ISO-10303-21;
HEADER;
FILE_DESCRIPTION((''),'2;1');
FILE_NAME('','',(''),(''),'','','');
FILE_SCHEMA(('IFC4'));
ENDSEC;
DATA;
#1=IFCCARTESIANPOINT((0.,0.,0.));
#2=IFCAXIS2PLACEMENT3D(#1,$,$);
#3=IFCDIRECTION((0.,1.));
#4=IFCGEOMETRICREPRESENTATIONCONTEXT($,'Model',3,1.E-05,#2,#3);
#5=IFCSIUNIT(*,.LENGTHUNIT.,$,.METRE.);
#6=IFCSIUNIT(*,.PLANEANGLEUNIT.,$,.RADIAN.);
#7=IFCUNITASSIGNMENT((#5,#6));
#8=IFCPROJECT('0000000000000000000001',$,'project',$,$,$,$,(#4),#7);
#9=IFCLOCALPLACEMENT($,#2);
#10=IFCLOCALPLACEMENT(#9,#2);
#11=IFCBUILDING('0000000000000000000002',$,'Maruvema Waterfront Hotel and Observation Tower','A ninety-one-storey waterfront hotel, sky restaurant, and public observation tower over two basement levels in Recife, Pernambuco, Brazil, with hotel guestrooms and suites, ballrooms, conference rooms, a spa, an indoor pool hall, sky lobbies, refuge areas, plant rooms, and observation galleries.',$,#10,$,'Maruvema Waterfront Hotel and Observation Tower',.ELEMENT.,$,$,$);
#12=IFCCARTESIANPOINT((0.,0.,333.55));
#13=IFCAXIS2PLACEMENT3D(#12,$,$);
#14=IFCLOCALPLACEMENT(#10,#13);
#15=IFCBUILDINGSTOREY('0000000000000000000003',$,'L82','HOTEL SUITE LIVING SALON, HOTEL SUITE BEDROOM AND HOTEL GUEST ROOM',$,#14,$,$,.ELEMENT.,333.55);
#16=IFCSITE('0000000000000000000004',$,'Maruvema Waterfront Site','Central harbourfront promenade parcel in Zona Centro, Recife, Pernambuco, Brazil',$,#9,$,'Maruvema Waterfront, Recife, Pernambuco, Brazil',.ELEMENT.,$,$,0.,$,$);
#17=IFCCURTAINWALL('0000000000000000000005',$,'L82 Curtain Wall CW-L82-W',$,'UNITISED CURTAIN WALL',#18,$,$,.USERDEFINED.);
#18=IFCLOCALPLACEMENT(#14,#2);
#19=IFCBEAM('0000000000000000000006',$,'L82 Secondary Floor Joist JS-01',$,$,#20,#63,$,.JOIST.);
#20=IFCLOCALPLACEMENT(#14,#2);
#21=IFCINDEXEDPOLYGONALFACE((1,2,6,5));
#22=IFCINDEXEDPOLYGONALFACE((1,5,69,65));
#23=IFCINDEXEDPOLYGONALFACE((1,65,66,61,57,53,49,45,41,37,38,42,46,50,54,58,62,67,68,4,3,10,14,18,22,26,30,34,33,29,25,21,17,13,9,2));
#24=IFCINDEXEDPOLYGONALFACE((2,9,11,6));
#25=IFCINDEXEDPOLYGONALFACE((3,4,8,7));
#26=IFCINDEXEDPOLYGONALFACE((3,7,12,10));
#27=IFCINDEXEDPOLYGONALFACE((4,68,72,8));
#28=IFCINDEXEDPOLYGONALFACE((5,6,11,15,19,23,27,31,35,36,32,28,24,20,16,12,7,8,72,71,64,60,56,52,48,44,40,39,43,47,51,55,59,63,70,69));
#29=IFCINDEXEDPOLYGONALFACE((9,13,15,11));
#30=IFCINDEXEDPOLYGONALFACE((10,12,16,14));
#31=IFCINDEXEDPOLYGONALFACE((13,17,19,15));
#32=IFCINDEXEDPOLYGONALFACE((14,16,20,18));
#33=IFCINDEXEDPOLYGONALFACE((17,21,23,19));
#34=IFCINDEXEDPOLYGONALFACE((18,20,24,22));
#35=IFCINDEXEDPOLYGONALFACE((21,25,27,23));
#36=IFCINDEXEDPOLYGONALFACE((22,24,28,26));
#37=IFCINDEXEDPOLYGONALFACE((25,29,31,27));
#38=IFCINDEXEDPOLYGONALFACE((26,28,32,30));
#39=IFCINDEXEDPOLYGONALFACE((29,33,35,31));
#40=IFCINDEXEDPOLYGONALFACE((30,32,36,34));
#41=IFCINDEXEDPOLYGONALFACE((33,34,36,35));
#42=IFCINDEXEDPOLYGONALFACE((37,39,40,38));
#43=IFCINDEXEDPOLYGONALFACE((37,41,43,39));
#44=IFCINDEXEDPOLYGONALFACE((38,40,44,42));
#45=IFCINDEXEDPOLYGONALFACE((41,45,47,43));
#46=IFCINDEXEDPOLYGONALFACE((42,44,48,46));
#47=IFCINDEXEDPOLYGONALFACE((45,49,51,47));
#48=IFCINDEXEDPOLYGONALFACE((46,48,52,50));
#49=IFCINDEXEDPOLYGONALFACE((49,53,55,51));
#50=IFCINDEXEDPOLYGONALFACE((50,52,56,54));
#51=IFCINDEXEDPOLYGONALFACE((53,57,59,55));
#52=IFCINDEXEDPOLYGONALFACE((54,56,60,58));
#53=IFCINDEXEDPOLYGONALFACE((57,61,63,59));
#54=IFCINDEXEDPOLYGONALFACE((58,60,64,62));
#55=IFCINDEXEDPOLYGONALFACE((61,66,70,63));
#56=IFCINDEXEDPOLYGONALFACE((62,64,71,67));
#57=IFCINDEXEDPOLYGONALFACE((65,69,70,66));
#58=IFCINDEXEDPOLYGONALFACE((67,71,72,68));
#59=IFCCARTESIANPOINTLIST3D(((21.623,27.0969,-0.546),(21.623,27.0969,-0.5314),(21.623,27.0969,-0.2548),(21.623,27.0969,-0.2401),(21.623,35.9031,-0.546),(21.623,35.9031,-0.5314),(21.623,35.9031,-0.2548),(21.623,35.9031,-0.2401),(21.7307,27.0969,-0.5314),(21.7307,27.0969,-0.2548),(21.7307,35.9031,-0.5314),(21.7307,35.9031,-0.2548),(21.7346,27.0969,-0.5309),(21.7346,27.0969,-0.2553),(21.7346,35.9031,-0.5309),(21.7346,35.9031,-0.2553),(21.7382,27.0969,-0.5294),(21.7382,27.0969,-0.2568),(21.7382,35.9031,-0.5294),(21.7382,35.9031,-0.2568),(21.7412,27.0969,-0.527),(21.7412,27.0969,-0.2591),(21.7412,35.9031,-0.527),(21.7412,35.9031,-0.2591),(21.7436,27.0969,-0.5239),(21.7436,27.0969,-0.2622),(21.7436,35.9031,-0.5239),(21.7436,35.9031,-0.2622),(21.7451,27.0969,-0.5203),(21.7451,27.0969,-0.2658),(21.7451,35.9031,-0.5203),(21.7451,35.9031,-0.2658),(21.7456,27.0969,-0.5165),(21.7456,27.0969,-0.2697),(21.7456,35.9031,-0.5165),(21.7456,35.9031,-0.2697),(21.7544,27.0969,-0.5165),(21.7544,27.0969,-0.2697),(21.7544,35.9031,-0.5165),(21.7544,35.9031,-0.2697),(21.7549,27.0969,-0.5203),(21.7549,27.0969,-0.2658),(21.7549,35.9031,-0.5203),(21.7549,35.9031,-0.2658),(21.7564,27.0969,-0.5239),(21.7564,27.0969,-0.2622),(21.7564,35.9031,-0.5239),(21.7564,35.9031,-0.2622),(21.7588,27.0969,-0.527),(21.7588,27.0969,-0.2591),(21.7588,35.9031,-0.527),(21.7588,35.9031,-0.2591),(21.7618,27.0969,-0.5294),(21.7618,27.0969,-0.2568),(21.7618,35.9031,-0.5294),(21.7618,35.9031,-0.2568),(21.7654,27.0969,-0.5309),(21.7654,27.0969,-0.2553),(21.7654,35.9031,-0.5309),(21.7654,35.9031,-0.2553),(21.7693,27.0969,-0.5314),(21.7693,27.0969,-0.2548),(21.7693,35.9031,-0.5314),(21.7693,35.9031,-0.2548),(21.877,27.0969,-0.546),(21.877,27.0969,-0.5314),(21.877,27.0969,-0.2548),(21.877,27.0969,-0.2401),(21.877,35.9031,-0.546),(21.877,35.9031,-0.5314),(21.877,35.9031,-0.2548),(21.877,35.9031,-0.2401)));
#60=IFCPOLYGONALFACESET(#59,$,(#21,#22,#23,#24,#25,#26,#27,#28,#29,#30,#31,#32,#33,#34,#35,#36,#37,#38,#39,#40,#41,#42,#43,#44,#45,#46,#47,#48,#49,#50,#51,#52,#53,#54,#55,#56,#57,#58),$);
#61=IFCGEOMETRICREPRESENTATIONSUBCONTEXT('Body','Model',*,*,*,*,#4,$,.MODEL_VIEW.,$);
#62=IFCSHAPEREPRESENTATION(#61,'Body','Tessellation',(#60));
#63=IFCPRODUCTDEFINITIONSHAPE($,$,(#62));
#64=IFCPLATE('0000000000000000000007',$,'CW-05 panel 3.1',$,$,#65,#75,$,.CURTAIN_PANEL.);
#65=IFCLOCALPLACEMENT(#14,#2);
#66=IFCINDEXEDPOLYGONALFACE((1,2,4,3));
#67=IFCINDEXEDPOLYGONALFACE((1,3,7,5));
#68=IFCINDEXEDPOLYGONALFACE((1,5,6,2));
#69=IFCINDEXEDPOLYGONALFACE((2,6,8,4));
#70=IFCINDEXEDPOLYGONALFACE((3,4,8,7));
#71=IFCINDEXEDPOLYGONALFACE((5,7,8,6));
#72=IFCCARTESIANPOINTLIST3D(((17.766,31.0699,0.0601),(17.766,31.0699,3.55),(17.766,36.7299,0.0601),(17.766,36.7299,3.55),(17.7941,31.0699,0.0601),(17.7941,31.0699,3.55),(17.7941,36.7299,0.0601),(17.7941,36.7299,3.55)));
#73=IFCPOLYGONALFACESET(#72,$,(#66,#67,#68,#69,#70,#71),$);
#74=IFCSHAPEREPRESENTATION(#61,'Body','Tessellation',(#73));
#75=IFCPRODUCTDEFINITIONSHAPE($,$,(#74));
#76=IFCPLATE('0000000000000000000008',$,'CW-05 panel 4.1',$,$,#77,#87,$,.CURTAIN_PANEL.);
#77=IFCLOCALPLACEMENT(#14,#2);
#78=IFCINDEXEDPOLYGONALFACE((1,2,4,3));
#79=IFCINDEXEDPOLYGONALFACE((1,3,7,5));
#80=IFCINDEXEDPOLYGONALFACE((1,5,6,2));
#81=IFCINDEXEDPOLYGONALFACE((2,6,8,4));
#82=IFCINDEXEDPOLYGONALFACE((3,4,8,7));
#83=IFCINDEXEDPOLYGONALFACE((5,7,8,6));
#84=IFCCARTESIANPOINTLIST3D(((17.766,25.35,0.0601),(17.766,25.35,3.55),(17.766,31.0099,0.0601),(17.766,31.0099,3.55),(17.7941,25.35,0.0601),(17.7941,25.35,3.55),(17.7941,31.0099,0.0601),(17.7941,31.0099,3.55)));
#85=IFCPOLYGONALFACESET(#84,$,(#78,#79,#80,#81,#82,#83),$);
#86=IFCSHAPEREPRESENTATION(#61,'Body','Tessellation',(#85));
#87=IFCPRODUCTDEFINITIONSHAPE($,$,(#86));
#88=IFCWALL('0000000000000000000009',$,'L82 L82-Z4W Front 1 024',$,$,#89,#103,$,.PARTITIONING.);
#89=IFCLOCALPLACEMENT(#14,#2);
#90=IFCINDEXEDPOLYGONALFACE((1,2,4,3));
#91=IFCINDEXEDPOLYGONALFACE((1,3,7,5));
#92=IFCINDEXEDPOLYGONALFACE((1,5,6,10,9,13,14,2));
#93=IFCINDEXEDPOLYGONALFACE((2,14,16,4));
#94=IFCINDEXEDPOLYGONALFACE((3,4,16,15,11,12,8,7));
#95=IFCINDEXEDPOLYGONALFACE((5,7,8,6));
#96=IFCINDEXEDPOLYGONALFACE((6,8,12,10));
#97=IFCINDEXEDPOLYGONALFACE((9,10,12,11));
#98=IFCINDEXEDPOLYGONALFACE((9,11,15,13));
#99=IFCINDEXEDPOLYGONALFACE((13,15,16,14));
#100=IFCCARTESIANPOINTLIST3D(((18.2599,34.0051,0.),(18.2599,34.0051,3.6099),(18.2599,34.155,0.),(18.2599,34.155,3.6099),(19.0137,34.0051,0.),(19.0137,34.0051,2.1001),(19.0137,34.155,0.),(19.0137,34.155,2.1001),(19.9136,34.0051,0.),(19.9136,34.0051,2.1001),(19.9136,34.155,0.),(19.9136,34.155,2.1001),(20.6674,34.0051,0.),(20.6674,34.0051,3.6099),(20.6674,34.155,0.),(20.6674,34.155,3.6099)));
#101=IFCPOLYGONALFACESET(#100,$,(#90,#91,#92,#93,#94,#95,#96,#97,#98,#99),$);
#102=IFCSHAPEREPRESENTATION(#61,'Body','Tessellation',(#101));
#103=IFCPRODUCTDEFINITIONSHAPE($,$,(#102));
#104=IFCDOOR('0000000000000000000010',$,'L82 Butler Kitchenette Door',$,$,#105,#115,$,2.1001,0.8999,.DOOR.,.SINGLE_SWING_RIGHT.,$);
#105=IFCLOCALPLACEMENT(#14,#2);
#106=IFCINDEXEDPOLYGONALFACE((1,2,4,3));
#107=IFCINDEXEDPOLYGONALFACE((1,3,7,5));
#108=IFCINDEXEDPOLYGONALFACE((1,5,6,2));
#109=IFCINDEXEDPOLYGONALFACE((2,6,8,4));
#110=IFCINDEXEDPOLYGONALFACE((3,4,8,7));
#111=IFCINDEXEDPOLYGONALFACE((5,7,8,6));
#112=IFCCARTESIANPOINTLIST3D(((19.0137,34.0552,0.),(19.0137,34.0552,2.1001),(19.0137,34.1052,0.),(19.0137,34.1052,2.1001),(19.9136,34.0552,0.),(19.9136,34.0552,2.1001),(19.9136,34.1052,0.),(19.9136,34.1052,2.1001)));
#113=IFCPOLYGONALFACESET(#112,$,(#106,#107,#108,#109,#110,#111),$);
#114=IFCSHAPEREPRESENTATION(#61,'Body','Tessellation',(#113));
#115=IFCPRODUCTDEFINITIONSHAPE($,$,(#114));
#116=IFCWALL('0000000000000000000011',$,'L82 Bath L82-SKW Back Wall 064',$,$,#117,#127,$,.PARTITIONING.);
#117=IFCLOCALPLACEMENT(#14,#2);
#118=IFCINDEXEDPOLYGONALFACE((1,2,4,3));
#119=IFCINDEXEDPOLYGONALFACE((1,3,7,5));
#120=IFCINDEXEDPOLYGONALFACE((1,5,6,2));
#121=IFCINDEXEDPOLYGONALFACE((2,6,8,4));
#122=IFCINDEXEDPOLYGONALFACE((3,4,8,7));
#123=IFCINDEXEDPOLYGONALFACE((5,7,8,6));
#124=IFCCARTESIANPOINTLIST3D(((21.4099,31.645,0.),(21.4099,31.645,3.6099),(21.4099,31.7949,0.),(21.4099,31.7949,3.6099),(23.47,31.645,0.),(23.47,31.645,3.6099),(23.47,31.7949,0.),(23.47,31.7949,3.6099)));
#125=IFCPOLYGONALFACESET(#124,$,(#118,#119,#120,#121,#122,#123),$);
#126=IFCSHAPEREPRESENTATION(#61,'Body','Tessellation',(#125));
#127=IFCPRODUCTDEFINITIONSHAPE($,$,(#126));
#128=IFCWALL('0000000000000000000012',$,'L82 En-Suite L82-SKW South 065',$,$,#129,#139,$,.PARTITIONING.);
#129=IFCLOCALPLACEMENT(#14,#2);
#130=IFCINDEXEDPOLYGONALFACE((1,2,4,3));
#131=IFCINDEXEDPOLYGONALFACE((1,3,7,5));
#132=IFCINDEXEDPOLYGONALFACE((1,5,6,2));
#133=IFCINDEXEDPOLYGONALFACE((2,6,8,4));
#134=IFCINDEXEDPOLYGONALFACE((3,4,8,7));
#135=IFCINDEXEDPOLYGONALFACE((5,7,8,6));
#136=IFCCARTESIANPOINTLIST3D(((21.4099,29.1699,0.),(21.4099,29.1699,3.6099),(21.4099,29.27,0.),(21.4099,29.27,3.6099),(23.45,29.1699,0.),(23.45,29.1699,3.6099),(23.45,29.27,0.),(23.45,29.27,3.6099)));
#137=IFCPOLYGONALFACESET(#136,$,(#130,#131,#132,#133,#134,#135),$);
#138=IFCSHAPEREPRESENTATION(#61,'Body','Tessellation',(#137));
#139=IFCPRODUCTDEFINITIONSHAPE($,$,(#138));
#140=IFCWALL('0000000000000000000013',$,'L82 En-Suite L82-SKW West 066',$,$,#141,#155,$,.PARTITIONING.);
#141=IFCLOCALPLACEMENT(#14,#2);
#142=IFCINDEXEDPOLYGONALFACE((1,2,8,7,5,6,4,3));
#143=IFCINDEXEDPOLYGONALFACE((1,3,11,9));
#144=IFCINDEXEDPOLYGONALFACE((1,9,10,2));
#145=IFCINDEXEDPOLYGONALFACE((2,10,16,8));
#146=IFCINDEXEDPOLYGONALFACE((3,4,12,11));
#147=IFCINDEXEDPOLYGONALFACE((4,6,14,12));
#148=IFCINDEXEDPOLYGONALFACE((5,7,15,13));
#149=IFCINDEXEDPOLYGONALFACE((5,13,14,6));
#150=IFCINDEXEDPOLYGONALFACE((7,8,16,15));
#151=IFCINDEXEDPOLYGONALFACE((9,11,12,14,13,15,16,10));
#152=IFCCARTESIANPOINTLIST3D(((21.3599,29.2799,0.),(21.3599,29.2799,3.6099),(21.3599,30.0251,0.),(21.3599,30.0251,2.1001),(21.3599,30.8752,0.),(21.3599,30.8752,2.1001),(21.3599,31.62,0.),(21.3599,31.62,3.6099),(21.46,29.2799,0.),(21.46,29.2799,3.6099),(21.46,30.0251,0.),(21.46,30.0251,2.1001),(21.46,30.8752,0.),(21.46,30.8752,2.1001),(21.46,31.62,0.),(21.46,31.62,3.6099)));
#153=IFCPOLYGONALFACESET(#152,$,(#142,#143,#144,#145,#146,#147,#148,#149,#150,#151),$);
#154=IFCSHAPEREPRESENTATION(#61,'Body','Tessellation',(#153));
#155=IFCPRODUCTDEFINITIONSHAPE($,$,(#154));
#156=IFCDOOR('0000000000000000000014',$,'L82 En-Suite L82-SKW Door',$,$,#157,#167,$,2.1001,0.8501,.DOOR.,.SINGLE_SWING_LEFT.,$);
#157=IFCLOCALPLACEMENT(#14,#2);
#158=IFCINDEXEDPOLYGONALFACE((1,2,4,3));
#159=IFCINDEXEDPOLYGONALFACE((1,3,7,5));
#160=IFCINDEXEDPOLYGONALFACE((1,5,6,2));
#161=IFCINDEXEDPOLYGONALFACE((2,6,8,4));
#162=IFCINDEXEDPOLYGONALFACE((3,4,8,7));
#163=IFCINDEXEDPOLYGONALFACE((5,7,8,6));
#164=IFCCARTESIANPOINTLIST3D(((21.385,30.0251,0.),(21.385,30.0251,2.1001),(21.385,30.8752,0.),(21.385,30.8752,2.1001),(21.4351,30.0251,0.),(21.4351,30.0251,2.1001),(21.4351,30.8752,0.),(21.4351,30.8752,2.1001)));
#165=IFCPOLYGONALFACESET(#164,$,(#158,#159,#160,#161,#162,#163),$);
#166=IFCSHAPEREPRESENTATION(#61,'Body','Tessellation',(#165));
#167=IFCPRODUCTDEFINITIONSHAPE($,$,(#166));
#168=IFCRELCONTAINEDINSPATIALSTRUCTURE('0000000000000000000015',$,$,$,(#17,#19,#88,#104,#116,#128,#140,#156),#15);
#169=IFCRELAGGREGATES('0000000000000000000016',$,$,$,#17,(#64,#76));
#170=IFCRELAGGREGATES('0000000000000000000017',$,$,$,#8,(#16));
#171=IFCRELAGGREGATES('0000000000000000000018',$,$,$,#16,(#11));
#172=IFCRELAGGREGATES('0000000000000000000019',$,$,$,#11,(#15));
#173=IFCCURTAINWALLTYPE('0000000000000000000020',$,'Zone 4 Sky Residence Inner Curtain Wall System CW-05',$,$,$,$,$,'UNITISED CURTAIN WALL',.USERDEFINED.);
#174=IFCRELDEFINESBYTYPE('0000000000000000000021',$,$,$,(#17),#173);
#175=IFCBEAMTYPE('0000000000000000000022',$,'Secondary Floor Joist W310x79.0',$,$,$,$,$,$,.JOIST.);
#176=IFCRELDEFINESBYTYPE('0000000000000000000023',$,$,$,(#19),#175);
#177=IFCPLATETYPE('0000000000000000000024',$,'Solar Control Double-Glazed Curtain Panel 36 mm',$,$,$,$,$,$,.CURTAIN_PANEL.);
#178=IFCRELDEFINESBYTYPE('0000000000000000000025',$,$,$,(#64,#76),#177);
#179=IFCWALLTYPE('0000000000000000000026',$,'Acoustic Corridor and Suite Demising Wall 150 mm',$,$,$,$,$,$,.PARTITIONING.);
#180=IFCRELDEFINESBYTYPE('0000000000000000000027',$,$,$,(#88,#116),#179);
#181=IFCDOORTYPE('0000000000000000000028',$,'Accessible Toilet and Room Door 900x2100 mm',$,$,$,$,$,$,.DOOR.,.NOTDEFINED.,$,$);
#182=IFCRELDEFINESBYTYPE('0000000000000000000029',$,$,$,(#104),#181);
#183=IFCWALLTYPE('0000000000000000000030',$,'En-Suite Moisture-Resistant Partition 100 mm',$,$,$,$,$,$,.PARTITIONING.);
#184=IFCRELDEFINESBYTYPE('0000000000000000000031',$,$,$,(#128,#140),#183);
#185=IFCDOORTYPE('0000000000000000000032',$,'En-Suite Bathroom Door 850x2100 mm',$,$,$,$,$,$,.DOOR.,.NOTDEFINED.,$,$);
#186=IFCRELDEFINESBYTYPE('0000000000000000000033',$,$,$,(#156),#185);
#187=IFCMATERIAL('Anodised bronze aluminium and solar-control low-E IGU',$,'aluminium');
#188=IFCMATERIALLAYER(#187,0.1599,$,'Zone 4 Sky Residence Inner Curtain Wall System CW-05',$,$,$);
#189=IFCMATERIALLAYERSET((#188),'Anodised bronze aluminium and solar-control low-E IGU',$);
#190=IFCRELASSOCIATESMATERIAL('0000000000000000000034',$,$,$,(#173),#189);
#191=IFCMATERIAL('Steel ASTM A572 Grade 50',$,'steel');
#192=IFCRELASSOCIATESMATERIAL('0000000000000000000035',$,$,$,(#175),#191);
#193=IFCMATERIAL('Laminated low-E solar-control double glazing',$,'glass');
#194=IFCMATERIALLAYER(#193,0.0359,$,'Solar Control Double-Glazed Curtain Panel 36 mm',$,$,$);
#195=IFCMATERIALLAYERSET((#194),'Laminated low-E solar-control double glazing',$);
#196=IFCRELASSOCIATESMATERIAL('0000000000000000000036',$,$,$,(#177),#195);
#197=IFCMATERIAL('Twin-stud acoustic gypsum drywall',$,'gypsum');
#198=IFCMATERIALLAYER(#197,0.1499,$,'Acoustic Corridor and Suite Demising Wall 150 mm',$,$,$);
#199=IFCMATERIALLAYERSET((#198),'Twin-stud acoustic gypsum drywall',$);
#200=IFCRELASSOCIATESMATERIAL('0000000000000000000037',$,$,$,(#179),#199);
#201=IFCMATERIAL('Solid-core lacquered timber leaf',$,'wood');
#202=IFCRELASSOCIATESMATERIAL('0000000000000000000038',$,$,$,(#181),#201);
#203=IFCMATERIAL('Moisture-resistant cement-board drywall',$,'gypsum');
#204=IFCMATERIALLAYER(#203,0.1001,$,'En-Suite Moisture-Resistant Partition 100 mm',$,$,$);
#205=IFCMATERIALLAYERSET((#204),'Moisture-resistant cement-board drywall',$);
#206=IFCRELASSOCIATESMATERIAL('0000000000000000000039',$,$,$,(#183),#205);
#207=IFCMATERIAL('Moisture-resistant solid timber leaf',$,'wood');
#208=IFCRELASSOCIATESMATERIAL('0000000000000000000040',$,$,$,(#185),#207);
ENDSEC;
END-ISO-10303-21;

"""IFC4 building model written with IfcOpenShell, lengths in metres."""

from ifc_helpers import new_model, si_unit, direction, frame, frame_2d, origin, origin_2d, place, context, subcontext, project, spatial, rectangle, i_section, extrude, material, layer, layer_set, material_profile, profile_set, type_object, element, fill, aggregate, save


model = new_model("IFC4")

# Units and contexts
model_context = context("Model", 3, precision=1e-05, world=origin(), true_north=direction((0.0, 1.0)))
body_context = subcontext(model_context, "Body", "Model", "MODEL_VIEW")
ifc_project = project(units=[si_unit("LENGTHUNIT", "METRE"), si_unit("PLANEANGLEUNIT", "RADIAN")], contexts=[model_context])

# Site, building, storey
site_placement = place(None, origin())
site = spatial("IfcSite", under=ifc_project, at=site_placement, Name="Maruvema Waterfront Site", Description="Central harbourfront promenade parcel in Zona Centro, Recife, Pernambuco, Brazil", LongName="Maruvema Waterfront, Recife, Pernambuco, Brazil", CompositionType="ELEMENT", RefElevation=0.0)
building_placement = place(site_placement, origin())
building = spatial("IfcBuilding", under=site, at=building_placement, Name="Maruvema Waterfront Hotel and Observation Tower", Description="A ninety-one-storey waterfront hotel, sky restaurant, and public observation tower over two basement levels in Recife, Pernambuco, Brazil, with hotel guestrooms and suites, ballrooms, conference rooms, a spa, an indoor pool hall, sky lobbies, refuge areas, plant rooms, and observation galleries.", LongName="Maruvema Waterfront Hotel and Observation Tower", CompositionType="ELEMENT")
storey_placement = place(building_placement, frame((0.0, 0.0, 333.55)))
storey = spatial("IfcBuildingStorey", under=building, at=storey_placement, Name="L82", Description="HOTEL SUITE LIVING SALON, HOTEL SUITE BEDROOM AND HOTEL GUEST ROOM", CompositionType="ELEMENT", Elevation=333.55)

# Curtain wall
ifc_material_1 = material(Name="Anodised bronze aluminium and solar-control low-E IGU", Category="aluminium")
ifc_layer_1 = layer(ifc_material_1, 0.1599, Name="Zone 4 Sky Residence Inner Curtain Wall System CW-05")
ifc_layer_set_1 = layer_set([ifc_layer_1], Name="Anodised bronze aluminium and solar-control low-E IGU")
curtain_wall_type = type_object("IfcCurtainWallType", Name="Zone 4 Sky Residence Inner Curtain Wall System CW-05", ElementType="UNITISED CURTAIN WALL", PredefinedType="USERDEFINED", material=ifc_layer_set_1)
curtain_wall_placement = place(storey_placement, origin())
curtain_wall = element("IfcCurtainWall", 1, at=curtain_wall_placement, inside=storey, type_object=curtain_wall_type, Name="L82 Curtain Wall CW-L82-W", ObjectType="UNITISED CURTAIN WALL", PredefinedType="USERDEFINED")

# Beam
ifc_material_2 = material(Name="Steel ASTM A572 Grade 50", Category="steel")
ifc_material_profile_1 = material_profile(ifc_material_2, i_section(OverallWidth=0.2539, OverallDepth=0.3059, WebThickness=0.0088, FlangeThickness=0.0146, FilletRadius=0.0149, at=origin_2d()), Name="W310x79.0")
ifc_profile_set_1 = profile_set([ifc_material_profile_1], Name="Steel ASTM A572 Grade 50")
beam_type_1 = type_object("IfcBeamType", Name="Secondary Floor Joist W310x79.0", PredefinedType="JOIST", material=ifc_profile_set_1)
beam_1_placement = place(storey_placement, frame((21.75, 27.0969, -0.3931), z_axis=(0.0, 1.0, 0.0), x_axis=(-1.0, 0.0, 0.0)))
element("IfcBeam", 2, at=beam_1_placement, inside=storey, type_object=beam_type_1, Name="L82 Secondary Floor Joist JS-01", PredefinedType="JOIST", context=body_context, shape_type="SweptSolid", body=[
    extrude(i_section(OverallWidth=0.2539, OverallDepth=0.3059, WebThickness=0.0088, FlangeThickness=0.0146, FilletRadius=0.0149, at=origin_2d()), origin(), (0.0, 0.0, 1.0), 8.8062),
])

# Plates
ifc_material_3 = material(Name="Laminated low-E solar-control double glazing", Category="glass")
ifc_layer_2 = layer(ifc_material_3, 0.0359, Name="Solar Control Double-Glazed Curtain Panel 36 mm")
ifc_layer_set_2 = layer_set([ifc_layer_2], Name="Laminated low-E solar-control double glazing")
plate_type = type_object("IfcPlateType", Name="Solar Control Double-Glazed Curtain Panel 36 mm", PredefinedType="CURTAIN_PANEL", material=ifc_layer_set_2)
plate_1_placement = place(storey_placement, frame((17.78, 33.8999, 0.0601), z_axis=(0.0, 0.0, 1.0), x_axis=(0.0, -1.0, 0.0)))
plate_1 = element("IfcPlate", 3, at=plate_1_placement, type_object=plate_type, Name="CW-05 panel 3.1", PredefinedType="CURTAIN_PANEL", context=body_context, shape_type="SweptSolid", body=[
    extrude(rectangle(XDim=5.6599, YDim=0.0281, at=origin_2d()), origin(), (0.0, 0.0, 1.0), 3.49),
])
plate_2_placement = place(storey_placement, frame((17.78, 28.1799, 0.0601), z_axis=(0.0, 0.0, 1.0), x_axis=(0.0, -1.0, 0.0)))
plate_2 = element("IfcPlate", 4, at=plate_2_placement, type_object=plate_type, Name="CW-05 panel 4.1", PredefinedType="CURTAIN_PANEL", context=body_context, shape_type="SweptSolid", body=[
    extrude(rectangle(XDim=5.6599, YDim=0.0281, at=origin_2d()), origin(), (0.0, 0.0, 1.0), 3.49),
])
aggregate(curtain_wall, [plate_1, plate_2])

# Wall, opening, door
ifc_material_4 = material(Name="Twin-stud acoustic gypsum drywall", Category="gypsum")
ifc_layer_3 = layer(ifc_material_4, 0.1499, Name="Acoustic Corridor and Suite Demising Wall 150 mm")
ifc_layer_set_3 = layer_set([ifc_layer_3], Name="Twin-stud acoustic gypsum drywall")
wall_type_1 = type_object("IfcWallType", Name="Acoustic Corridor and Suite Demising Wall 150 mm", PredefinedType="PARTITIONING", material=ifc_layer_set_3)
wall_1_placement = place(storey_placement, frame((18.26, 34.0801, 0.0), z_axis=(0.0, 0.0, 1.0), x_axis=(1.0, 0.0, 0.0)))
wall_1 = element("IfcWall", 5, at=wall_1_placement, inside=storey, type_object=wall_type_1, Name="L82 L82-Z4W Front 1 024", PredefinedType="PARTITIONING", context=body_context, shape_type="SweptSolid", body=[
    extrude(rectangle(XDim=2.4075, YDim=0.1499, at=frame_2d((1.2036, 0.0))), origin(), (0.0, 0.0, 1.0), 3.6099),
])
opening_1_placement = place(wall_1_placement, frame((0.7537, 0.0, 0.0)))
opening_1 = element("IfcOpeningElement", 6, at=opening_1_placement, cuts=wall_1, PredefinedType="OPENING", context=body_context, shape_type="SweptSolid", body=[
    extrude(rectangle(XDim=0.8999, YDim=2.1001, at=frame_2d((0.45, 1.05))), frame((0.0, 0.085, 0.0), z_axis=(0.0, -1.0, 0.0), x_axis=(1.0, 0.0, 0.0)), (0.0, 0.0, 1.0), 0.1699),
])
ifc_material_5 = material(Name="Solid-core lacquered timber leaf", Category="wood")
door_type_1 = type_object("IfcDoorType", Name="Accessible Toilet and Room Door 900x2100 mm", OperationType="NOTDEFINED", PredefinedType="DOOR", material=ifc_material_5)
door_1_placement = place(opening_1_placement, frame((0.8999, 0.0, 0.0), z_axis=(0.0, 0.0, 1.0), x_axis=(-1.0, 0.0, 0.0)))
door_1 = element("IfcDoor", 7, at=door_1_placement, inside=storey, type_object=door_type_1, Name="L82 Butler Kitchenette Door", OperationType="SINGLE_SWING_RIGHT", OverallHeight=2.1001, OverallWidth=0.8999, PredefinedType="DOOR", context=body_context, shape_type="SweptSolid", body=[
    extrude(rectangle(XDim=0.8999, YDim=2.1001, at=frame_2d((0.45, 1.05))), frame((0.0, 0.0249, 0.0), z_axis=(0.0, -1.0, 0.0), x_axis=(1.0, 0.0, 0.0)), (0.0, 0.0, 1.0), 0.05),
])
fill(opening_1, door_1)

# Wall
wall_2_placement = place(storey_placement, frame((21.4099, 31.72, 0.0), z_axis=(0.0, 0.0, 1.0), x_axis=(1.0, 0.0, 0.0)))
element("IfcWall", 8, at=wall_2_placement, inside=storey, type_object=wall_type_1, Name="L82 Bath L82-SKW Back Wall 064", PredefinedType="PARTITIONING", context=body_context, shape_type="SweptSolid", body=[
    extrude(rectangle(XDim=2.0601, YDim=0.1499, at=frame_2d((1.03, 0.0))), origin(), (0.0, 0.0, 1.0), 3.6099),
])

# Wall
ifc_material_6 = material(Name="Moisture-resistant cement-board drywall", Category="gypsum")
ifc_layer_4 = layer(ifc_material_6, 0.1001, Name="En-Suite Moisture-Resistant Partition 100 mm")
ifc_layer_set_4 = layer_set([ifc_layer_4], Name="Moisture-resistant cement-board drywall")
wall_type_2 = type_object("IfcWallType", Name="En-Suite Moisture-Resistant Partition 100 mm", PredefinedType="PARTITIONING", material=ifc_layer_set_4)
wall_3_placement = place(storey_placement, frame((21.4099, 29.22, 0.0), z_axis=(0.0, 0.0, 1.0), x_axis=(1.0, 0.0, 0.0)))
element("IfcWall", 9, at=wall_3_placement, inside=storey, type_object=wall_type_2, Name="L82 En-Suite L82-SKW South 065", PredefinedType="PARTITIONING", context=body_context, shape_type="SweptSolid", body=[
    extrude(rectangle(XDim=2.04, YDim=0.1001, at=frame_2d((1.02, 0.0))), origin(), (0.0, 0.0, 1.0), 3.6099),
])

# Wall, opening, door
wall_4_placement = place(storey_placement, frame((21.4099, 29.28, 0.0), z_axis=(0.0, 0.0, 1.0), x_axis=(0.0, 1.0, 0.0)))
wall_4 = element("IfcWall", 10, at=wall_4_placement, inside=storey, type_object=wall_type_2, Name="L82 En-Suite L82-SKW West 066", PredefinedType="PARTITIONING", context=body_context, shape_type="SweptSolid", body=[
    extrude(rectangle(XDim=2.3401, YDim=0.1001, at=frame_2d((1.1699, 0.0))), origin(), (0.0, 0.0, 1.0), 3.6099),
])
opening_2_placement = place(wall_4_placement, frame((0.7451, 0.0, 0.0)))
opening_2 = element("IfcOpeningElement", 11, at=opening_2_placement, cuts=wall_4, PredefinedType="OPENING", context=body_context, shape_type="SweptSolid", body=[
    extrude(rectangle(XDim=0.8501, YDim=2.1001, at=frame_2d((0.425, 1.05))), frame((0.0, 0.0601, 0.0), z_axis=(0.0, -1.0, 0.0), x_axis=(1.0, 0.0, 0.0)), (0.0, 0.0, 1.0), 0.1201),
])
ifc_material_7 = material(Name="Moisture-resistant solid timber leaf", Category="wood")
door_type_2 = type_object("IfcDoorType", Name="En-Suite Bathroom Door 850x2100 mm", OperationType="NOTDEFINED", PredefinedType="DOOR", material=ifc_material_7)
door_2_placement = place(opening_2_placement, origin())
door_2 = element("IfcDoor", 12, at=door_2_placement, inside=storey, type_object=door_type_2, Name="L82 En-Suite L82-SKW Door", OperationType="SINGLE_SWING_LEFT", OverallHeight=2.1001, OverallWidth=0.8501, PredefinedType="DOOR", context=body_context, shape_type="SweptSolid", body=[
    extrude(rectangle(XDim=0.8501, YDim=2.1001, at=frame_2d((0.425, 1.05))), frame((0.0, 0.0249, 0.0), z_axis=(0.0, -1.0, 0.0), x_axis=(1.0, 0.0, 0.0)), (0.0, 0.0, 1.0), 0.05),
])
fill(opening_2, door_2)

save(model, "model.ifc")
